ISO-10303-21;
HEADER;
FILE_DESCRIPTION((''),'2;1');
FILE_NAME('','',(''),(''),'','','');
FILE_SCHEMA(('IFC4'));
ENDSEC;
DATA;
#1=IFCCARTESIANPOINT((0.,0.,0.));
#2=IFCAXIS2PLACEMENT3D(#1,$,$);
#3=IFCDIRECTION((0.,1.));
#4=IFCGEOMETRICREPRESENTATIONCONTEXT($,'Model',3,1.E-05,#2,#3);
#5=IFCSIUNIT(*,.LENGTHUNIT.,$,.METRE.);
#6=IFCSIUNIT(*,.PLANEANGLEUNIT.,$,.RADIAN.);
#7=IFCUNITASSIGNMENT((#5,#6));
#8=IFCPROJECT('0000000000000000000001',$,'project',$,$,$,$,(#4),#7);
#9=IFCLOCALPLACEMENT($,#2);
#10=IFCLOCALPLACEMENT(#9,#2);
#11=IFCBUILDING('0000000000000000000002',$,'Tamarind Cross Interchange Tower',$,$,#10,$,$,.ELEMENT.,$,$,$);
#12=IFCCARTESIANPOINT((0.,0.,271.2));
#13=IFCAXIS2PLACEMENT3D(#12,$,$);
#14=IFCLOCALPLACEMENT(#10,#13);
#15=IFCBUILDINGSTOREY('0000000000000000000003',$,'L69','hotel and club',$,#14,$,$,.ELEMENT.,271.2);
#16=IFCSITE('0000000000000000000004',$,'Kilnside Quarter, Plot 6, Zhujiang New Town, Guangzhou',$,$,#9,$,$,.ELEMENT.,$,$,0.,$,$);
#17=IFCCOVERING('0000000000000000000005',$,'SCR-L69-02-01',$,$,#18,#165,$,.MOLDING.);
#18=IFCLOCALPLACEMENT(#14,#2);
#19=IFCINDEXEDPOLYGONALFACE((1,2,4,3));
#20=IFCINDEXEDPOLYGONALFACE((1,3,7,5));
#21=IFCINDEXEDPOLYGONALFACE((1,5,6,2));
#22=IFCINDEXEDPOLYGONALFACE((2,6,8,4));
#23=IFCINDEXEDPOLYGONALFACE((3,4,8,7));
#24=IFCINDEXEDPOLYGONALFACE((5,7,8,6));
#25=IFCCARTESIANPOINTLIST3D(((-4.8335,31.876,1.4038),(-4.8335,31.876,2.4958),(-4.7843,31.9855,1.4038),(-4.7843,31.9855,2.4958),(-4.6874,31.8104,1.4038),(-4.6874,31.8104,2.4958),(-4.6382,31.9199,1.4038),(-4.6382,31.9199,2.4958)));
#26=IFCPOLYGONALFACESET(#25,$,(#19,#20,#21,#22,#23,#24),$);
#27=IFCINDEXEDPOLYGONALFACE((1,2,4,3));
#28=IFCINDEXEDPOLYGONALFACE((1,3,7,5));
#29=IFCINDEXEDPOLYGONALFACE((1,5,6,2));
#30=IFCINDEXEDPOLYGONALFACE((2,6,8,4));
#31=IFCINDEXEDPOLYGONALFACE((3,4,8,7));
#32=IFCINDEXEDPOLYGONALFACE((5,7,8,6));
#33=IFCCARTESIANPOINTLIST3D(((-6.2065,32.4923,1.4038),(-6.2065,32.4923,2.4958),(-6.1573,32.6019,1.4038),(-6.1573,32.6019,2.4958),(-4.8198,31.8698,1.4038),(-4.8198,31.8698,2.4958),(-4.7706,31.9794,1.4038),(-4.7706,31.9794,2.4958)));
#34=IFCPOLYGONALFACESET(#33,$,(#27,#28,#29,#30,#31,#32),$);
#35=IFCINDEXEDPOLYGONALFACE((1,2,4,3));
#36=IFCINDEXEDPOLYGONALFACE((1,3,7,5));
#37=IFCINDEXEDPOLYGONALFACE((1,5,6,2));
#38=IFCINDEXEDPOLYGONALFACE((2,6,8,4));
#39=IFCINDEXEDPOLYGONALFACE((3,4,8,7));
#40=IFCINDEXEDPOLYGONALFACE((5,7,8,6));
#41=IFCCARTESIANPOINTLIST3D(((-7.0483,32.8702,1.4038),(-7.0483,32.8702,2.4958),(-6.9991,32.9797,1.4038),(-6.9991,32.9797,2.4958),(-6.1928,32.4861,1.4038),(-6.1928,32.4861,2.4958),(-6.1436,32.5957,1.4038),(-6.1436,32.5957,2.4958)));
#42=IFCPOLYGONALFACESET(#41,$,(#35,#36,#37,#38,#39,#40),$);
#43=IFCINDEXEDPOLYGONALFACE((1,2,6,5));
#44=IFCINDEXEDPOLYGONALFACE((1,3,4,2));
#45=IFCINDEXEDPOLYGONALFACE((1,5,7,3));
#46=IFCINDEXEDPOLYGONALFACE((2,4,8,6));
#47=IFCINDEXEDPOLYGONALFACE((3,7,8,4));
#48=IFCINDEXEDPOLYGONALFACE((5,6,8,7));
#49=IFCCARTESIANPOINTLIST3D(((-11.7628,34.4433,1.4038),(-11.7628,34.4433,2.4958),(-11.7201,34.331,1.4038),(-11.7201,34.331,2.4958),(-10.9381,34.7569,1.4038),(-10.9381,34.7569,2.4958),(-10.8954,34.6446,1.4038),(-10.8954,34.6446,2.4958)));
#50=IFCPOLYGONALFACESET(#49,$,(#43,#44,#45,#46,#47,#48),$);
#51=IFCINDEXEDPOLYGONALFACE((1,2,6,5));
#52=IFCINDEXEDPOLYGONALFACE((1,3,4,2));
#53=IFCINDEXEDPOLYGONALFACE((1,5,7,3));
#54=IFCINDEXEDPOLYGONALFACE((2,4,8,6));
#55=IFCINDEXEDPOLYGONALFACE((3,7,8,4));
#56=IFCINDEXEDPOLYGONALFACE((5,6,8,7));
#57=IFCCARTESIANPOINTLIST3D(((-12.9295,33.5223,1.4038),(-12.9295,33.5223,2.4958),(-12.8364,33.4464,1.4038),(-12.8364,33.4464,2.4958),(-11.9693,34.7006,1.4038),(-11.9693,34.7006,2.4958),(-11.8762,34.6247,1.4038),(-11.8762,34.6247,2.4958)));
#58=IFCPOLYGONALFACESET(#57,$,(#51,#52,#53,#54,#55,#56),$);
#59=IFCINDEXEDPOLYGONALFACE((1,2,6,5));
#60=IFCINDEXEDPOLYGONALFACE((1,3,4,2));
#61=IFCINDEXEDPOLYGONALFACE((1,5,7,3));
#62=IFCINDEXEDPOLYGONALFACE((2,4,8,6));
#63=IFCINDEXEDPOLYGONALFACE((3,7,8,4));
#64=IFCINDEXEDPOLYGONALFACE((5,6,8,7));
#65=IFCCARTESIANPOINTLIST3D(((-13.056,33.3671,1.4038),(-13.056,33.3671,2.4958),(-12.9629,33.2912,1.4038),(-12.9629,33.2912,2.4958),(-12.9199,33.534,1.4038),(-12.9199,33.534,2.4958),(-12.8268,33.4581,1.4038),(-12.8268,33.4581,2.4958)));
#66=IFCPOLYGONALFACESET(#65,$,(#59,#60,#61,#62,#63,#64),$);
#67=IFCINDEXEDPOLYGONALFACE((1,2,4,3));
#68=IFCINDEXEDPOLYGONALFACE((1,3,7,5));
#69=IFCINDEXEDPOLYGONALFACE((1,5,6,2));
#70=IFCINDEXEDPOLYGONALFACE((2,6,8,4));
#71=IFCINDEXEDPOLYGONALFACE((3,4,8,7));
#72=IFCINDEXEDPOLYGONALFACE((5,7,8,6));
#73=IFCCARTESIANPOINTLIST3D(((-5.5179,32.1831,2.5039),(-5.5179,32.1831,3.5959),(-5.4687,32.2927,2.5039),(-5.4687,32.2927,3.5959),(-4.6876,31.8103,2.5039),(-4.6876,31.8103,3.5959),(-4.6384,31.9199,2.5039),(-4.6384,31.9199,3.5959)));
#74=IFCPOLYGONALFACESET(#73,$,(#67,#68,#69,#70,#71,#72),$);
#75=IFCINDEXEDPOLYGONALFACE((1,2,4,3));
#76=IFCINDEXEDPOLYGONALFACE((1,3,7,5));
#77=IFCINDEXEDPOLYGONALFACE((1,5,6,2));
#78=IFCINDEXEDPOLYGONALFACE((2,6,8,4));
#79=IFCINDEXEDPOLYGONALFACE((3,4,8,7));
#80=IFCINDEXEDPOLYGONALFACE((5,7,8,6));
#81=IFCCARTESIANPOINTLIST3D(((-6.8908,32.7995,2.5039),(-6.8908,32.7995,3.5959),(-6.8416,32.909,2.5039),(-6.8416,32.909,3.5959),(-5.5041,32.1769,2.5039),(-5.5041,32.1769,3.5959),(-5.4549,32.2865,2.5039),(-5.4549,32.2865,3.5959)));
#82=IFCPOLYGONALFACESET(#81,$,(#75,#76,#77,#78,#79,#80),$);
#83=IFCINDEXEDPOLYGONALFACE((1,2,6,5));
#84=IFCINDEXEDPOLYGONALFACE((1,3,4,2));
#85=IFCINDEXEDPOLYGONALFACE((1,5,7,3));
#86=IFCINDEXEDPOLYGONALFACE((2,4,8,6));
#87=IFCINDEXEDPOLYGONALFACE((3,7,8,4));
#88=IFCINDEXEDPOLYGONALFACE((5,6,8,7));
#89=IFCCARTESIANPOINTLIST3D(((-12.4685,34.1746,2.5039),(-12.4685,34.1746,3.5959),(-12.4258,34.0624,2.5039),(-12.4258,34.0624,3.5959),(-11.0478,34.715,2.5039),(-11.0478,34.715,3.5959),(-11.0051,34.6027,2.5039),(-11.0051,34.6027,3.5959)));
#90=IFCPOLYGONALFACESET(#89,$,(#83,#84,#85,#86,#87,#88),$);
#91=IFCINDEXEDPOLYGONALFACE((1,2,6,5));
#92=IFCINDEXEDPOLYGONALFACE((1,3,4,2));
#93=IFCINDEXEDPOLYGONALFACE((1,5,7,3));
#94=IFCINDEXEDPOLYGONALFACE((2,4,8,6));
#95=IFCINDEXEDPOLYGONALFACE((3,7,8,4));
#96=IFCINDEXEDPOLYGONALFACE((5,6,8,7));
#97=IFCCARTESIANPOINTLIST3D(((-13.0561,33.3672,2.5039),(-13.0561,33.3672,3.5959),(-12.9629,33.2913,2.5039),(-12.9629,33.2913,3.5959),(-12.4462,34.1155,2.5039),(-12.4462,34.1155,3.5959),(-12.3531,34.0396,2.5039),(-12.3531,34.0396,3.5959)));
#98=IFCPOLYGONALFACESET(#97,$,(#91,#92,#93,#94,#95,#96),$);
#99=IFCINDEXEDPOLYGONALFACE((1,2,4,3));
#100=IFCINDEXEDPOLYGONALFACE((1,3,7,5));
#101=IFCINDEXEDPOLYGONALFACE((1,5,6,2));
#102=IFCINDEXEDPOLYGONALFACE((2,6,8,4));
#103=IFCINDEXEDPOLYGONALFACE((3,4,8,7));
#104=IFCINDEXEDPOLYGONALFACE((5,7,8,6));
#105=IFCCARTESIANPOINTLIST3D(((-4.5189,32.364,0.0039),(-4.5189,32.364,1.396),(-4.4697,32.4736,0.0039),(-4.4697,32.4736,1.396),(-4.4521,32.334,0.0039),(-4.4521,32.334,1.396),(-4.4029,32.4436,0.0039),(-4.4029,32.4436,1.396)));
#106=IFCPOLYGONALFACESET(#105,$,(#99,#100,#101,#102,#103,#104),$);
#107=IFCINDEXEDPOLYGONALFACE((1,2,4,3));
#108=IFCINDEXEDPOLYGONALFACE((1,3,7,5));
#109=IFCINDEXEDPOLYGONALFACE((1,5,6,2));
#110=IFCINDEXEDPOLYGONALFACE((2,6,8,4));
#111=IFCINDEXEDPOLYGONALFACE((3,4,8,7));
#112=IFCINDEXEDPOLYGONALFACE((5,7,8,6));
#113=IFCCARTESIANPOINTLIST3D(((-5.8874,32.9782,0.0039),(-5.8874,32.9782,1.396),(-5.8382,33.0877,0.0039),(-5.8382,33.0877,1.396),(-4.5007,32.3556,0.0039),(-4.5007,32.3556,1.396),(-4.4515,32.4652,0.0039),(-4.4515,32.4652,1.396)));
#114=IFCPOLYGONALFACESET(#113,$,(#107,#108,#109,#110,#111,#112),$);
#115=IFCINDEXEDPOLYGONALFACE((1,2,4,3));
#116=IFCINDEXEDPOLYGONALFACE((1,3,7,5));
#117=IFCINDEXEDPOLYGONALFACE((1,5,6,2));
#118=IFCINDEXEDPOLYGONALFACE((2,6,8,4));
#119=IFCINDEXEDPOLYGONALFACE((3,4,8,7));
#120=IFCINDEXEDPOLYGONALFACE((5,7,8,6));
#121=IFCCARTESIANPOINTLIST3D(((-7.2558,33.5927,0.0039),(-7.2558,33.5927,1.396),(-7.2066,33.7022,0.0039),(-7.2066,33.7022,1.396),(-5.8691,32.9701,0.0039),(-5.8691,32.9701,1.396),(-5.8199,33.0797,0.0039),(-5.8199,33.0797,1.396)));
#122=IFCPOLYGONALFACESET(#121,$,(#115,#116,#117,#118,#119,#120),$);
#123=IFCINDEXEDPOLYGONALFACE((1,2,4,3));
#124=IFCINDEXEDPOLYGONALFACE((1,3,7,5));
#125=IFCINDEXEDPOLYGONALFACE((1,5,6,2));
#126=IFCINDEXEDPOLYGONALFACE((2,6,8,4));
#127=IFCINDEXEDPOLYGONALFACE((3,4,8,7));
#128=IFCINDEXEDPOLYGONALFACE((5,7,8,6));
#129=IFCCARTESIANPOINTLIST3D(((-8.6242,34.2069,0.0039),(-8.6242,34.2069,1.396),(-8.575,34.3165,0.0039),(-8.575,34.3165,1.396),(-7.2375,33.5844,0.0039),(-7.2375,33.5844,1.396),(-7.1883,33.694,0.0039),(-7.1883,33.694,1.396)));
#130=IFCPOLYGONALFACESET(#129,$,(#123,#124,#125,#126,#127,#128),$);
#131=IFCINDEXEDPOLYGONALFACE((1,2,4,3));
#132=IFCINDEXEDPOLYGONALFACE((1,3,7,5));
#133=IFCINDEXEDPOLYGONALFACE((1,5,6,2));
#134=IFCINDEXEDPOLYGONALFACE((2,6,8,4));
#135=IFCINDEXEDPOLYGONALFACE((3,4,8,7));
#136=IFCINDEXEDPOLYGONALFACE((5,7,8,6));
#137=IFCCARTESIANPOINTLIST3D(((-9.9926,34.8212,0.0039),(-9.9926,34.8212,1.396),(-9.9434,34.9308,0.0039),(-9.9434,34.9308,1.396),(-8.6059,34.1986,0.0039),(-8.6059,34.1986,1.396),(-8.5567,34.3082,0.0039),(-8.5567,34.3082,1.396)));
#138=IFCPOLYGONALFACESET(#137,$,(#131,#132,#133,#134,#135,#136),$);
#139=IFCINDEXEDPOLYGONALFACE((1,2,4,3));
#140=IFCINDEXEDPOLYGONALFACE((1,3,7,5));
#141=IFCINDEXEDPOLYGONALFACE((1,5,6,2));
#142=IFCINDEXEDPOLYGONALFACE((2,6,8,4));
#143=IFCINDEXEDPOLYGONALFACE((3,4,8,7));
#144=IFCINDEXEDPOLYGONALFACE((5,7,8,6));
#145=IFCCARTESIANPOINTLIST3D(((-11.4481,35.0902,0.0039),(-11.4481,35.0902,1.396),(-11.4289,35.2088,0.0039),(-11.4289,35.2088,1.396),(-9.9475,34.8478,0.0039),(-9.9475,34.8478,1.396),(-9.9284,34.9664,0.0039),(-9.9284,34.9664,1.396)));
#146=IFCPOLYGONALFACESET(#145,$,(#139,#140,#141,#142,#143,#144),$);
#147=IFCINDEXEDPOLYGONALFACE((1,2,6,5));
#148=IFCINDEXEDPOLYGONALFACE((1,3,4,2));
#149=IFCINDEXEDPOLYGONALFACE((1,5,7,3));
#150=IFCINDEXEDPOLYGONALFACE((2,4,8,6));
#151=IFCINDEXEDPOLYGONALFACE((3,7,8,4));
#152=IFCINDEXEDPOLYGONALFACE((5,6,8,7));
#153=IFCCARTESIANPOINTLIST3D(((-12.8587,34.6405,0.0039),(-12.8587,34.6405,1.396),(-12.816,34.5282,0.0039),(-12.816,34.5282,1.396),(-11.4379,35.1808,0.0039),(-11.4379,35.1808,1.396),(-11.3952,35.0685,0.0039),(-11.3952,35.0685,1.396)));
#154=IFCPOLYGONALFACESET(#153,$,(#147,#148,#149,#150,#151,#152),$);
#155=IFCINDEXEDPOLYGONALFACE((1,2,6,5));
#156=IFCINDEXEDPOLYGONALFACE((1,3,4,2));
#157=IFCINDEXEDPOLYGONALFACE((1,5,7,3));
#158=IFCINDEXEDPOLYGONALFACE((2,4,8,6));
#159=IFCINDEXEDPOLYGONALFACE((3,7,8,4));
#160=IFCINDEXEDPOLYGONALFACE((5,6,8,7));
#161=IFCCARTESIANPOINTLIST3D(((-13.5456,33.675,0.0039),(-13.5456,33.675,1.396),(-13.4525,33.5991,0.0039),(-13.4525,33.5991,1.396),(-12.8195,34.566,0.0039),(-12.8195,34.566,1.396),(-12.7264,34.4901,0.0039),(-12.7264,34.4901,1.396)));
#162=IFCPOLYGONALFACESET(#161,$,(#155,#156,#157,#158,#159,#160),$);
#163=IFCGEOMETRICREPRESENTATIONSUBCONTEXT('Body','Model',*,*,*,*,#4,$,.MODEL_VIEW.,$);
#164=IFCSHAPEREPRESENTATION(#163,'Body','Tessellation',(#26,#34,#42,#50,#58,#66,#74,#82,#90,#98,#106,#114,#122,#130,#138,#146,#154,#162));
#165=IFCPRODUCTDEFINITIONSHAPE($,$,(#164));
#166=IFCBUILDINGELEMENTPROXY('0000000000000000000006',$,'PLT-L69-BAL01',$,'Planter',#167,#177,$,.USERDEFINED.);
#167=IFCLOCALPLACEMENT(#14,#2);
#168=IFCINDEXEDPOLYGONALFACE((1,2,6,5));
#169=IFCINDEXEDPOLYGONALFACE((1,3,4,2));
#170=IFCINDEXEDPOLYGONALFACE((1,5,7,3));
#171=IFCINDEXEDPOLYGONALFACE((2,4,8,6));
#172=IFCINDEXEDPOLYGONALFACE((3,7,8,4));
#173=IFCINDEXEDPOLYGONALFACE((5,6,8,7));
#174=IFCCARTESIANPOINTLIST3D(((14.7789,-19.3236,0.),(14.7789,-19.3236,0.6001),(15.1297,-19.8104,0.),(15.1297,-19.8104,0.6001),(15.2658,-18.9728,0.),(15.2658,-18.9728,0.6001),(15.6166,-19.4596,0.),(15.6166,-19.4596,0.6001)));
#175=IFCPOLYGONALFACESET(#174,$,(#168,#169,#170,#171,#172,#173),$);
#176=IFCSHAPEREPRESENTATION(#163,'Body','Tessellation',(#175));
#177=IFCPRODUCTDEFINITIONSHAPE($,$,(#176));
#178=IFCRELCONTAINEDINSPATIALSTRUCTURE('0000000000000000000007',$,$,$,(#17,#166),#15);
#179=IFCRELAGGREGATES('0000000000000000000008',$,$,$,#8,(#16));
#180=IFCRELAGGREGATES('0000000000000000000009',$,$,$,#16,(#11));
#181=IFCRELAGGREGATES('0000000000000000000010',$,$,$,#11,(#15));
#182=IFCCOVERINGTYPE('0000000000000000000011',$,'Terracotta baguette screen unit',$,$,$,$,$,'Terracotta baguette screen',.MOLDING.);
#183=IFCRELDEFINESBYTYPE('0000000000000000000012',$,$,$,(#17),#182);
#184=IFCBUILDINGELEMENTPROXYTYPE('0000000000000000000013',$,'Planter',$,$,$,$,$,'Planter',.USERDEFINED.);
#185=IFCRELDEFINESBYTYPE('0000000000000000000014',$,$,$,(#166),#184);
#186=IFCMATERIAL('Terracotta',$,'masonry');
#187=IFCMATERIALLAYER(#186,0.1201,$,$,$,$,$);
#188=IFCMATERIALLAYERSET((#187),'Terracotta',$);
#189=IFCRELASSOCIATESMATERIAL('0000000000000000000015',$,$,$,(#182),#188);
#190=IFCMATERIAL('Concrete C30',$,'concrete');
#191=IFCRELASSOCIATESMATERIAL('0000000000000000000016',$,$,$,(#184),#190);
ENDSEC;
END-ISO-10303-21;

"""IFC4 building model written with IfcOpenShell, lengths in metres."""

from ifc_helpers import new_model, si_unit, direction, frame, origin, origin_2d, place, context, subcontext, project, spatial, rectangle, extrude, material, layer, layer_set, type_object, element, save


model = new_model("IFC4")

# Units and contexts
model_context = context("Model", 3, precision=1e-05, world=origin(), true_north=direction((0.0, 1.0)))
body_context = subcontext(model_context, "Body", "Model", "MODEL_VIEW")
ifc_project = project(units=[si_unit("LENGTHUNIT", "METRE"), si_unit("PLANEANGLEUNIT", "RADIAN")], contexts=[model_context])

# Site, building, storey
site_placement = place(None, origin())
site = spatial("IfcSite", under=ifc_project, at=site_placement, Name="Kilnside Quarter, Plot 6, Zhujiang New Town, Guangzhou", CompositionType="ELEMENT", RefElevation=0.0)
building_placement = place(site_placement, origin())
building = spatial("IfcBuilding", under=site, at=building_placement, Name="Tamarind Cross Interchange Tower", CompositionType="ELEMENT")
storey_placement = place(building_placement, frame((0.0, 0.0, 271.2)))
storey = spatial("IfcBuildingStorey", under=building, at=storey_placement, Name="L69", Description="hotel and club", CompositionType="ELEMENT", Elevation=271.2)

# Covering
ifc_material_1 = material(Name="Terracotta", Category="masonry")
ifc_layer_1 = layer(ifc_material_1, 0.1201)
ifc_layer_set_1 = layer_set([ifc_layer_1], Name="Terracotta")
covering_type = type_object("IfcCoveringType", Name="Terracotta baguette screen unit", ElementType="Terracotta baguette screen", PredefinedType="MOLDING", material=ifc_layer_set_1)
covering_1_placement = place(storey_placement, origin())
element("IfcCovering", 1, at=covering_1_placement, inside=storey, type_object=covering_type, Name="SCR-L69-02-01", PredefinedType="MOLDING", context=body_context, shape_type="SweptSolid", body=[
    extrude(rectangle(XDim=0.1602, YDim=0.1201, at=origin_2d()), frame((-4.7358, 31.8979, 1.4038), z_axis=(0.0, 0.0, 1.0), x_axis=(-0.91228, 0.409566, 0.0)), (0.0, 0.0, 1.0), 1.092),
    extrude(rectangle(XDim=1.52, YDim=0.1201, at=origin_2d()), frame((-5.4885, 32.2358, 1.4038), z_axis=(0.0, 0.0, 1.0), x_axis=(-0.91228, 0.409566, 0.0)), (0.0, 0.0, 1.0), 1.092),
    extrude(rectangle(XDim=0.9377, YDim=0.1201, at=origin_2d()), frame((-6.5959, 32.7329, 1.4038), z_axis=(0.0, 0.0, 1.0), x_axis=(-0.91228, 0.409566, 0.0)), (0.0, 0.0, 1.0), 1.092),
    extrude(rectangle(XDim=0.8823, YDim=0.1201, at=origin_2d()), frame((-11.3291, 34.5439, 1.4038), z_axis=(0.0, 0.0, 1.0), x_axis=(-0.934687, -0.355472, 0.0)), (0.0, 0.0, 1.0), 1.092),
    extrude(rectangle(XDim=1.52, YDim=0.1201, at=origin_2d()), frame((-12.4028, 34.0735, 1.4038), z_axis=(0.0, 0.0, 1.0), x_axis=(-0.631726, -0.775192, 0.0)), (0.0, 0.0, 1.0), 1.092),
    extrude(rectangle(XDim=0.2153, YDim=0.1201, at=origin_2d()), frame((-12.9414, 33.4126, 1.4038), z_axis=(0.0, 0.0, 1.0), x_axis=(-0.631726, -0.775192, 0.0)), (0.0, 0.0, 1.0), 1.092),
    extrude(rectangle(XDim=0.9102, YDim=0.1201, at=origin_2d()), frame((-5.0781, 32.0515, 2.5039), z_axis=(0.0, 0.0, 1.0), x_axis=(-0.91228, 0.409566, 0.0)), (0.0, 0.0, 1.0), 1.092),
    extrude(rectangle(XDim=1.52, YDim=0.1201, at=origin_2d()), frame((-6.1729, 32.543, 2.5039), z_axis=(0.0, 0.0, 1.0), x_axis=(-0.91228, 0.409566, 0.0)), (0.0, 0.0, 1.0), 1.092),
    extrude(rectangle(XDim=1.52, YDim=0.1201, at=origin_2d()), frame((-11.7368, 34.3887, 2.5039), z_axis=(0.0, 0.0, 1.0), x_axis=(-0.934687, -0.355472, 0.0)), (0.0, 0.0, 1.0), 1.092),
    extrude(rectangle(XDim=0.9653, YDim=0.1201, at=origin_2d()), frame((-12.7046, 33.7034, 2.5039), z_axis=(0.0, 0.0, 1.0), x_axis=(-0.631726, -0.775192, 0.0)), (0.0, 0.0, 1.0), 1.092),
    extrude(rectangle(XDim=0.0732, YDim=0.1201, at=origin_2d()), frame((-4.4609, 32.4038, 0.0039), z_axis=(0.0, 0.0, 1.0), x_axis=(-0.91228, 0.409566, 0.0)), (0.0, 0.0, 1.0), 1.3921),
    extrude(rectangle(XDim=1.52, YDim=0.1201, at=origin_2d()), frame((-5.1694, 32.7217, 0.0039), z_axis=(0.0, 0.0, 1.0), x_axis=(-0.91228, 0.409566, 0.0)), (0.0, 0.0, 1.0), 1.3921),
    extrude(rectangle(XDim=1.52, YDim=0.1201, at=origin_2d()), frame((-6.5378, 33.3362, 0.0039), z_axis=(0.0, 0.0, 1.0), x_axis=(-0.91228, 0.409566, 0.0)), (0.0, 0.0, 1.0), 1.3921),
    extrude(rectangle(XDim=1.52, YDim=0.1201, at=origin_2d()), frame((-7.9062, 33.9504, 0.0039), z_axis=(0.0, 0.0, 1.0), x_axis=(-0.91228, 0.409566, 0.0)), (0.0, 0.0, 1.0), 1.3921),
    extrude(rectangle(XDim=1.52, YDim=0.1201, at=origin_2d()), frame((-9.2747, 34.5647, 0.0039), z_axis=(0.0, 0.0, 1.0), x_axis=(-0.91228, 0.409566, 0.0)), (0.0, 0.0, 1.0), 1.3921),
    extrude(rectangle(XDim=1.52, YDim=0.1201, at=origin_2d()), frame((-10.6882, 35.0283, 0.0039), z_axis=(0.0, 0.0, 1.0), x_axis=(-0.987199, 0.159495, 0.0)), (0.0, 0.0, 1.0), 1.3921),
    extrude(rectangle(XDim=1.52, YDim=0.1201, at=origin_2d()), frame((-12.127, 34.8545, 0.0039), z_axis=(0.0, 0.0, 1.0), x_axis=(-0.934687, -0.355472, 0.0)), (0.0, 0.0, 1.0), 1.3921),
    extrude(rectangle(XDim=1.1494, YDim=0.1201, at=origin_2d()), frame((-13.136, 34.0825, 0.0039), z_axis=(0.0, 0.0, 1.0), x_axis=(-0.631726, -0.775192, 0.0)), (0.0, 0.0, 1.0), 1.3921),
])

# Building element proxy
ifc_material_2 = material(Name="Concrete C30", Category="concrete")
building_element_proxy_type = type_object("IfcBuildingElementProxyType", Name="Planter", ElementType="Planter", PredefinedType="USERDEFINED", material=ifc_material_2)
proxy_placement = place(storey_placement, origin())
element("IfcBuildingElementProxy", 2, at=proxy_placement, inside=storey, type_object=building_element_proxy_type, Name="PLT-L69-BAL01", ObjectType="Planter", PredefinedType="USERDEFINED", context=body_context, shape_type="SweptSolid", body=[
    extrude(rectangle(XDim=0.6001, YDim=0.6001, at=origin_2d()), frame((15.1978, -19.3916, 0.0), z_axis=(0.0, 0.0, 1.0), x_axis=(0.81134, 0.584574, 0.0)), (0.0, 0.0, 1.0), 0.6001),
])

save(model, "model.ifc")
